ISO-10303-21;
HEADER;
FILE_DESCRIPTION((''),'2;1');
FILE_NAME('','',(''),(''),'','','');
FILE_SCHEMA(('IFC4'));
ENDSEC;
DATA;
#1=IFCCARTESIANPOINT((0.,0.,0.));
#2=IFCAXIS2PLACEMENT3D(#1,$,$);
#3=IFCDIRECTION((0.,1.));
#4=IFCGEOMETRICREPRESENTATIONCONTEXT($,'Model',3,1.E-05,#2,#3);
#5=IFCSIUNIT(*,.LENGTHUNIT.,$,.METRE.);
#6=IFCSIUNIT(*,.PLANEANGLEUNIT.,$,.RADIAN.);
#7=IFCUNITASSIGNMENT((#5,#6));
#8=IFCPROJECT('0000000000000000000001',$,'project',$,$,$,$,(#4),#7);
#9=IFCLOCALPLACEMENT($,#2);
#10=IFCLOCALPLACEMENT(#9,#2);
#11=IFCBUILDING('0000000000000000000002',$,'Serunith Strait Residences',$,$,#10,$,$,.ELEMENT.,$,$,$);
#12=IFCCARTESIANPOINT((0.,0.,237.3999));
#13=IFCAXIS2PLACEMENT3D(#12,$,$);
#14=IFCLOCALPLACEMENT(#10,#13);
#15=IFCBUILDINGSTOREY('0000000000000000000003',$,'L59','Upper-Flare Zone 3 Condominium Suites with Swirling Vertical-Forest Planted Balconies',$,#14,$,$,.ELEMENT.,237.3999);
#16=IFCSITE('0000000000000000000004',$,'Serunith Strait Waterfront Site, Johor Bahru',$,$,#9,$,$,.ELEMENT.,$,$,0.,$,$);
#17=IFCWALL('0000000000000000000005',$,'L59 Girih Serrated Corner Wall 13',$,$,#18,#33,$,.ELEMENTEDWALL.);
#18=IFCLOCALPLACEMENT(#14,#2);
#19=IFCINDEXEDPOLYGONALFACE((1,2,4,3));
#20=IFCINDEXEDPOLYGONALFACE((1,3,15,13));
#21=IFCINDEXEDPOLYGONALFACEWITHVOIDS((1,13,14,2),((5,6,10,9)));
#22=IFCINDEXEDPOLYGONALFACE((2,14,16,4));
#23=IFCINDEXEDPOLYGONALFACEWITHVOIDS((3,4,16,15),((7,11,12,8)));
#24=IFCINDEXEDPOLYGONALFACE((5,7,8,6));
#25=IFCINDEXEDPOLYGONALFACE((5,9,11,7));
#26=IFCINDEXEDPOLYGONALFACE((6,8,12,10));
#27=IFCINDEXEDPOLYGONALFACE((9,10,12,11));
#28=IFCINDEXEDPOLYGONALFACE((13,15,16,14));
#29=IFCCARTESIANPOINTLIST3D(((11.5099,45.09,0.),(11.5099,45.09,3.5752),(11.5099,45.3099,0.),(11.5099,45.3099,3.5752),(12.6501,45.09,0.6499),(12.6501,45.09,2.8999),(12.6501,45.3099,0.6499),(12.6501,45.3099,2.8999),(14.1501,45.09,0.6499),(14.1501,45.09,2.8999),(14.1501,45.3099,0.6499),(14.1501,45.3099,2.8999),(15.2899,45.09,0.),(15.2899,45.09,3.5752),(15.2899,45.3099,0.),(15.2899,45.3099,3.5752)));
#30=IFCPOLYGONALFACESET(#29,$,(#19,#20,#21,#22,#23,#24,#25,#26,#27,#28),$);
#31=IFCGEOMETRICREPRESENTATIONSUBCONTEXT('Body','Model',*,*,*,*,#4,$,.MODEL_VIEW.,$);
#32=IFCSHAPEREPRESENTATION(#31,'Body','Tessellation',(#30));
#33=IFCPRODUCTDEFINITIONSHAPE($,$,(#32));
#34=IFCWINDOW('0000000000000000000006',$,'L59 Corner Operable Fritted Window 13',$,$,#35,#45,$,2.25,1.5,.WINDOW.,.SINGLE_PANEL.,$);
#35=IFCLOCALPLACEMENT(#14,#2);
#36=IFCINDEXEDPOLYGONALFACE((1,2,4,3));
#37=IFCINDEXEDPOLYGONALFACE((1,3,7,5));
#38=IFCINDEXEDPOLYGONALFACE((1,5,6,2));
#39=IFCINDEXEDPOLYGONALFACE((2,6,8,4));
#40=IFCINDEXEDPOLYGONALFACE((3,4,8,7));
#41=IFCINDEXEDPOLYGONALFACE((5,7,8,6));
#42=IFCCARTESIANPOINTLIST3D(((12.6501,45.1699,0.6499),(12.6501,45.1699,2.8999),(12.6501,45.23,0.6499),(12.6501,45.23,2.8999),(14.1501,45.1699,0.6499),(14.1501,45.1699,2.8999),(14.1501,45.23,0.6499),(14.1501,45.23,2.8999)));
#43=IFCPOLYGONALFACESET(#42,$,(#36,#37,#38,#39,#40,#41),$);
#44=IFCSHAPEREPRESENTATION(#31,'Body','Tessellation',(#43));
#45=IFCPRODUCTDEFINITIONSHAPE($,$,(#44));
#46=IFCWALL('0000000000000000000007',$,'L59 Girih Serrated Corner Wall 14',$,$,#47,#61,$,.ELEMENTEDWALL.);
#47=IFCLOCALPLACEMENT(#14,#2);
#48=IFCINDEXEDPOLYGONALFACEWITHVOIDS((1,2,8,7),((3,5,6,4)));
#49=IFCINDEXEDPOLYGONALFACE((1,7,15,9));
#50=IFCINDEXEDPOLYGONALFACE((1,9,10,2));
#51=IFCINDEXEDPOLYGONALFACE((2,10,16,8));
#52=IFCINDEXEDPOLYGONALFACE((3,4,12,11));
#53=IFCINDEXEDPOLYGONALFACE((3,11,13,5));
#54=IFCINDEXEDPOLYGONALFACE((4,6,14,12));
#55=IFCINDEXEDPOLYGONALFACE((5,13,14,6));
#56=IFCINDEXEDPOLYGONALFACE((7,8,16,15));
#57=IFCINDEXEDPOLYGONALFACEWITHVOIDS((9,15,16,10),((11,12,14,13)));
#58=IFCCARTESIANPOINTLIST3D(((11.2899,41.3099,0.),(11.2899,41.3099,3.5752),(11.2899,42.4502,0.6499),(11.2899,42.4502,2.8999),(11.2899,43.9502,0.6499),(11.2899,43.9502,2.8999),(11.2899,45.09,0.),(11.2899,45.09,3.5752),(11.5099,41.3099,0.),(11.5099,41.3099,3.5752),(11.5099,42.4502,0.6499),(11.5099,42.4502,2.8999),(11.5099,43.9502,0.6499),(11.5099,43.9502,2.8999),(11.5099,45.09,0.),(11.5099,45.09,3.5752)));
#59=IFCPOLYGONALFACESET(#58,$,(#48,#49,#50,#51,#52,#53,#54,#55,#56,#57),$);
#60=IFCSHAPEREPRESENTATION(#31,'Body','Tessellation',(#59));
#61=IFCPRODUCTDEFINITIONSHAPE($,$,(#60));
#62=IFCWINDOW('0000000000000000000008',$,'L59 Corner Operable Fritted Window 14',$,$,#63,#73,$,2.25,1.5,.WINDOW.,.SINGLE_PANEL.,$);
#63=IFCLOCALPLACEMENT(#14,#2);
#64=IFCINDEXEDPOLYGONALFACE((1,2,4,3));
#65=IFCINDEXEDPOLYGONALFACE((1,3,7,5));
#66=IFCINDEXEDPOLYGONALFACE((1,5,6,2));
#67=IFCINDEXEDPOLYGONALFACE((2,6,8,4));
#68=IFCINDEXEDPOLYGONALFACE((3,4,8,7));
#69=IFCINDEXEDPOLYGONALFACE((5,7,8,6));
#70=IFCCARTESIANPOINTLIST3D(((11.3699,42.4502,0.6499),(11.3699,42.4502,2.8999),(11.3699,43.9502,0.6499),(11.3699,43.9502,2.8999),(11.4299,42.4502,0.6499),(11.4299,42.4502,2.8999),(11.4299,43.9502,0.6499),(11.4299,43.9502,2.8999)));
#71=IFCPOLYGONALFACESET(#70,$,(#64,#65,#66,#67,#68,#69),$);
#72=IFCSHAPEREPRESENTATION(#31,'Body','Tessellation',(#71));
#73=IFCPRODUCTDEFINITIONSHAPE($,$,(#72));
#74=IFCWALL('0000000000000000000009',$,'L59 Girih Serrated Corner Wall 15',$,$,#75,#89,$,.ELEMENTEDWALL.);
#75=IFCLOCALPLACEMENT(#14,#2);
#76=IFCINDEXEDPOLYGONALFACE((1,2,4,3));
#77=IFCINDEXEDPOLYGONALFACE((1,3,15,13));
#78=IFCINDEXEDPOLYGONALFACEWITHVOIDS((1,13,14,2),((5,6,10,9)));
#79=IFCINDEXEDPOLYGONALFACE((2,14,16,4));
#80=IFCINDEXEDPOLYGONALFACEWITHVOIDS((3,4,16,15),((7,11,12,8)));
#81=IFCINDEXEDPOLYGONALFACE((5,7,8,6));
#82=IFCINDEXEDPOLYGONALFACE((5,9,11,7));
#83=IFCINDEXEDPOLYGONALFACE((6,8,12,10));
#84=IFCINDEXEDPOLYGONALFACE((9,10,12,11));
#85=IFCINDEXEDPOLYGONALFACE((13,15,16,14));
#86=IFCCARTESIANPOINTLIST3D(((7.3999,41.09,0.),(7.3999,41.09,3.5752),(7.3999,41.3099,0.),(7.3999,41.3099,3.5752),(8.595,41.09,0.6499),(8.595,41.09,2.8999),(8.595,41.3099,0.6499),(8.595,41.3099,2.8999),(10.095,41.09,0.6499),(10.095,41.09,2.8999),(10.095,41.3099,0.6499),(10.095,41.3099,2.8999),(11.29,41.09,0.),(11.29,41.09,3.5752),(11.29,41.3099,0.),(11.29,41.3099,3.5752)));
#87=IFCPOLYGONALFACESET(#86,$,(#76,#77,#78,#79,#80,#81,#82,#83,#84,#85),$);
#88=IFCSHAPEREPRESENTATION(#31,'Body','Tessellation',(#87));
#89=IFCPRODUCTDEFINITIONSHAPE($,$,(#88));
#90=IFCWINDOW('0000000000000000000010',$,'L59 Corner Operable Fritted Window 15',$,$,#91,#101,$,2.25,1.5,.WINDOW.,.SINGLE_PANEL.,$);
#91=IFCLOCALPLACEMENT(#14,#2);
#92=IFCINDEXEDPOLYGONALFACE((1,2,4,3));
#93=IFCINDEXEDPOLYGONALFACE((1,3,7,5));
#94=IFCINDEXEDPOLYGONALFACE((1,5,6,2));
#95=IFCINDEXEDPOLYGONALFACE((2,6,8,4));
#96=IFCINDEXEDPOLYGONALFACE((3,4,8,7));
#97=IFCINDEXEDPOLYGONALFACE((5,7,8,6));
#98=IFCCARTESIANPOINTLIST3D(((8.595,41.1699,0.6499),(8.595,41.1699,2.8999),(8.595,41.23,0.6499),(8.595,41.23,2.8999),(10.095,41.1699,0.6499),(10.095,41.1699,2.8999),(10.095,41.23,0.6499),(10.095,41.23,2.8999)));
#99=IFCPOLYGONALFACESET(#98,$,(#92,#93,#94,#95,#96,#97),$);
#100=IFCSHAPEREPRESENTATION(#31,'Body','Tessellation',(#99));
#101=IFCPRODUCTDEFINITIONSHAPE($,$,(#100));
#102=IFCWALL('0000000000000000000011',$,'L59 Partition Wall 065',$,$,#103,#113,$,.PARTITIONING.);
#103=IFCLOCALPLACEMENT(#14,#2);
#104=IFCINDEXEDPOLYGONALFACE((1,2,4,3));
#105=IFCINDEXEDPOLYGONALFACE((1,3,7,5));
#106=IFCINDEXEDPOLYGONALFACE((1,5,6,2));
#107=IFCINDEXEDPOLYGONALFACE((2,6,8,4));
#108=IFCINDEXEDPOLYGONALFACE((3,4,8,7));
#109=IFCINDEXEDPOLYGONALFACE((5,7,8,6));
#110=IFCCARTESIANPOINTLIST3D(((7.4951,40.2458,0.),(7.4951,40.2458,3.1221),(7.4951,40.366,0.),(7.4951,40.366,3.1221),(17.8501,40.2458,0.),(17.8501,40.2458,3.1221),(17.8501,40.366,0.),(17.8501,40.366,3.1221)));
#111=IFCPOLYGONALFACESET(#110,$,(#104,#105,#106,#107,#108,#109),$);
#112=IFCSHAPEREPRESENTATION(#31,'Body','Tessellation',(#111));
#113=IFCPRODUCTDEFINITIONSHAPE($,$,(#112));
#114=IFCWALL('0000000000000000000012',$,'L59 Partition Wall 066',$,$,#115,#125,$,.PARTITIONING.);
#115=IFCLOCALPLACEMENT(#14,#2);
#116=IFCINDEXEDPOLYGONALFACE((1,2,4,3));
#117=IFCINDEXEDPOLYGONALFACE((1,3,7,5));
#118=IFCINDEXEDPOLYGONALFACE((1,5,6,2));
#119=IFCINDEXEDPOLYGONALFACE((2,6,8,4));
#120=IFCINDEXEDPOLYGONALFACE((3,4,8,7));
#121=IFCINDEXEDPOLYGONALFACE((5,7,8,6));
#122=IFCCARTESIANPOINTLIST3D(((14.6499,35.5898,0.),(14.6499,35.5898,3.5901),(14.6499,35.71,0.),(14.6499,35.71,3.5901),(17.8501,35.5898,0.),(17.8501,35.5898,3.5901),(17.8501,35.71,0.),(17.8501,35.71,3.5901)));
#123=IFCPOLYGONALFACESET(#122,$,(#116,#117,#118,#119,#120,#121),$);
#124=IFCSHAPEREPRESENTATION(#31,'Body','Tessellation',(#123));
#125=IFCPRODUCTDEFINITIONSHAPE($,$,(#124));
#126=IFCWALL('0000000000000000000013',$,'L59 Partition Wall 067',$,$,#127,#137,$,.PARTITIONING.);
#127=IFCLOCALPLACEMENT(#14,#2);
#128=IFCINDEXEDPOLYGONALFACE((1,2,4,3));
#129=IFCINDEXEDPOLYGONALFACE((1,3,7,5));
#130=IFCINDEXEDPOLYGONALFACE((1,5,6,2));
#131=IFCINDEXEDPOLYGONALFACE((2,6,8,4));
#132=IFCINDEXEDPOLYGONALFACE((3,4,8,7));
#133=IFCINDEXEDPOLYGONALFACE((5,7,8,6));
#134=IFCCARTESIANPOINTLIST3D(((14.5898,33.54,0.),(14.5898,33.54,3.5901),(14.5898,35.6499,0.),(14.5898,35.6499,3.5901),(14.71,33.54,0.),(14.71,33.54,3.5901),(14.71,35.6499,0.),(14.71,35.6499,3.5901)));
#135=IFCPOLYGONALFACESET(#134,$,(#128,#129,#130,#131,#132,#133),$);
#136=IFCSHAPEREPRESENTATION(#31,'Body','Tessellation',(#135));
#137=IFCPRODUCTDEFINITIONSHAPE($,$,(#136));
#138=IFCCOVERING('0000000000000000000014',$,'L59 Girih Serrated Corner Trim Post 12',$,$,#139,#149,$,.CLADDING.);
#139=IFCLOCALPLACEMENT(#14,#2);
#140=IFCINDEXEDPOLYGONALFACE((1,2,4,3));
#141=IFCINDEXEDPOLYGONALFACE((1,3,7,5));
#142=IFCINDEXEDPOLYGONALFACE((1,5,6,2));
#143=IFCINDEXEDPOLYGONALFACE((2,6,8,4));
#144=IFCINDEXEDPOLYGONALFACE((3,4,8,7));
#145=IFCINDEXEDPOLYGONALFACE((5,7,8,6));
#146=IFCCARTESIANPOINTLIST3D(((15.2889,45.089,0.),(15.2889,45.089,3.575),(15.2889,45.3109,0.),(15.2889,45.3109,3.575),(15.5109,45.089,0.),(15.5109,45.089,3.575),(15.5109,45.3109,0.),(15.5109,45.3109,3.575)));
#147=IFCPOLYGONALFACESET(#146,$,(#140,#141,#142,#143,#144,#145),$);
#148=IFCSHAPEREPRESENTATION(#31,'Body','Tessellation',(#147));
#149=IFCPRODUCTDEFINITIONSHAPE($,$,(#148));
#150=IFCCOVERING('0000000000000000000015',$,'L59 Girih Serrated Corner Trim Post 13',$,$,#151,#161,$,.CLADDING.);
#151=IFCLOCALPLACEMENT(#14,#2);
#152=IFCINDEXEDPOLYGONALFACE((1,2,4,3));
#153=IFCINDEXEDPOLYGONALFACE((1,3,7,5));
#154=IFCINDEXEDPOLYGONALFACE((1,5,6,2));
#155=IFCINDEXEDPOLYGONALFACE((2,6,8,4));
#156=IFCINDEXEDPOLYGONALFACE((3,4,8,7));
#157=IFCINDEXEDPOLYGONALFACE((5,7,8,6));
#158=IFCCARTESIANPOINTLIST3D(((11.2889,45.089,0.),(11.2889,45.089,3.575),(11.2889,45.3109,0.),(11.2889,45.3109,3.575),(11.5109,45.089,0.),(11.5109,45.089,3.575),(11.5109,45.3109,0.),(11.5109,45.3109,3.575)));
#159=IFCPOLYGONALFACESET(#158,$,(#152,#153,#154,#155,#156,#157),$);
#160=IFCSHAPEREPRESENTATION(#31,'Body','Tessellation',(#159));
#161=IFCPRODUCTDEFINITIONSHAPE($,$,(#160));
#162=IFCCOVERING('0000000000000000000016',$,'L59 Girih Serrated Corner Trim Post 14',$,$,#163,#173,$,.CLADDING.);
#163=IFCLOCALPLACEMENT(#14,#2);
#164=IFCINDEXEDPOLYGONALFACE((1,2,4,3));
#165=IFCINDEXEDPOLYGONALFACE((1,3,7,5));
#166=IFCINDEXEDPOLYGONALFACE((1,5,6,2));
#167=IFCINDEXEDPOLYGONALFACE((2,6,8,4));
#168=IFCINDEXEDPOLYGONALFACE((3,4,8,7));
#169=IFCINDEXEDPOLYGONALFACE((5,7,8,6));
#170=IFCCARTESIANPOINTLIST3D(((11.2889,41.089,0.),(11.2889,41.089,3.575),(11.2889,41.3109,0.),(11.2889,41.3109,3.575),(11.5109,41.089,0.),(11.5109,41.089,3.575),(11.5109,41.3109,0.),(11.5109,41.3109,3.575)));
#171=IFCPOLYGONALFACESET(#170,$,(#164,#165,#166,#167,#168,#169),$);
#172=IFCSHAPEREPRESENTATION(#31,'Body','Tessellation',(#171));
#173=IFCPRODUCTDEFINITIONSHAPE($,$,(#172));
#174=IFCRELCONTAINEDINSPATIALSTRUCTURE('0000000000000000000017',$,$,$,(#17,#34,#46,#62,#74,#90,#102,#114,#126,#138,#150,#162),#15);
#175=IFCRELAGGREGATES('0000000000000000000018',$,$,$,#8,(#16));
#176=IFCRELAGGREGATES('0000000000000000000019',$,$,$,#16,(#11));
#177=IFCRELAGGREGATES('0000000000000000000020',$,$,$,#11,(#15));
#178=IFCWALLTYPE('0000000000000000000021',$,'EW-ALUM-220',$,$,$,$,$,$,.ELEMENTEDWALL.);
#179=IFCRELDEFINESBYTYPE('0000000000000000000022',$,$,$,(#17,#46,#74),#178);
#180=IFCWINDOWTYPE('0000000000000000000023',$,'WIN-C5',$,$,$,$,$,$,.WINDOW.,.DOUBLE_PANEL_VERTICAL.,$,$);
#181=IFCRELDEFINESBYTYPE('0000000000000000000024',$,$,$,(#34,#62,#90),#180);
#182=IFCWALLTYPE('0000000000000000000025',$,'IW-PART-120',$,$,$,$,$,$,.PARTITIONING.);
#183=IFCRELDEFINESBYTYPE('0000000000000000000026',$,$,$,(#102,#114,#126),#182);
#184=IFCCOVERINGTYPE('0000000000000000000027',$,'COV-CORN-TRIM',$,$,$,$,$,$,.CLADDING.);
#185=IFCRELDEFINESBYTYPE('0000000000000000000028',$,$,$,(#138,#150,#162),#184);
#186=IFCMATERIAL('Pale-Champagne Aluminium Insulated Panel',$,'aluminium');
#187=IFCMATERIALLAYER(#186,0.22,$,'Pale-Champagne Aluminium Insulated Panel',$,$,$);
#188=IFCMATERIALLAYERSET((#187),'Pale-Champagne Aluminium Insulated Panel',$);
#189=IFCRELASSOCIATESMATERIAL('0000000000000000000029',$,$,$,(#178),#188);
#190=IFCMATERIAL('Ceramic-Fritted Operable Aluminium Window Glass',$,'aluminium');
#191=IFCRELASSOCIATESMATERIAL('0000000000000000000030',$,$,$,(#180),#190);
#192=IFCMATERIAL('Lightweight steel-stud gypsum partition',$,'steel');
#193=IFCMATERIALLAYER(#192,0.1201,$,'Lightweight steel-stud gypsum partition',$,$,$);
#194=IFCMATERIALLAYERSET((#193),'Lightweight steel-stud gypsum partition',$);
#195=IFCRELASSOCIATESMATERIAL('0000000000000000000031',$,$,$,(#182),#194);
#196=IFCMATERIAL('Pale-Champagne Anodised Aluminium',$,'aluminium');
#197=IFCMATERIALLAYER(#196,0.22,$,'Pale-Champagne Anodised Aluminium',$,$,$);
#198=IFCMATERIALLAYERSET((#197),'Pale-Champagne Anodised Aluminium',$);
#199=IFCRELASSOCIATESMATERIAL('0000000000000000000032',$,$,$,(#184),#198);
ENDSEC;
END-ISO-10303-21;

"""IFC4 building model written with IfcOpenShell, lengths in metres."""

from ifc_helpers import new_model, si_unit, direction, frame, frame_2d, origin, origin_2d, place, context, subcontext, project, spatial, rectangle, extrude, source, transform, mapped, material, layer, layer_set, type_object, element, fill, save


model = new_model("IFC4")

# Units and contexts
model_context = context("Model", 3, precision=1e-05, world=origin(), true_north=direction((0.0, 1.0)))
body_context = subcontext(model_context, "Body", "Model", "MODEL_VIEW")
ifc_project = project(units=[si_unit("LENGTHUNIT", "METRE"), si_unit("PLANEANGLEUNIT", "RADIAN")], contexts=[model_context])

# Site, building, storey
site_placement = place(None, origin())
site = spatial("IfcSite", under=ifc_project, at=site_placement, Name="Serunith Strait Waterfront Site, Johor Bahru", CompositionType="ELEMENT", RefElevation=0.0)
building_placement = place(site_placement, origin())
building = spatial("IfcBuilding", under=site, at=building_placement, Name="Serunith Strait Residences", CompositionType="ELEMENT")
storey_placement = place(building_placement, frame((0.0, 0.0, 237.3999)))
storey = spatial("IfcBuildingStorey", under=building, at=storey_placement, Name="L59", Description="Upper-Flare Zone 3 Condominium Suites with Swirling Vertical-Forest Planted Balconies", CompositionType="ELEMENT", Elevation=237.3999)

# Shared definitions
ifc_material_1 = material(Name="Pale-Champagne Anodised Aluminium", Category="aluminium")

# Walls, openings, windows
ifc_material_2 = material(Name="Pale-Champagne Aluminium Insulated Panel", Category="aluminium")
ifc_layer_1 = layer(ifc_material_2, 0.22, Name="Pale-Champagne Aluminium Insulated Panel")
ifc_layer_set_1 = layer_set([ifc_layer_1], Name="Pale-Champagne Aluminium Insulated Panel")
wall_type_1 = type_object("IfcWallType", Name="EW-ALUM-220", PredefinedType="ELEMENTEDWALL", material=ifc_layer_set_1)
ifc_material_3 = material(Name="Ceramic-Fritted Operable Aluminium Window Glass", Category="aluminium")
window_type = type_object("IfcWindowType", Name="WIN-C5", PartitioningType="DOUBLE_PANEL_VERTICAL", PredefinedType="WINDOW", material=ifc_material_3)
shared_shape_1 = source(origin(), body_context, "Body", "SweptSolid", [
    extrude(rectangle(XDim=1.5, YDim=2.25, at=frame_2d((0.75, 1.125))), frame((0.0, 0.03, 0.0), z_axis=(0.0, -1.0, 0.0), x_axis=(1.0, 0.0, 0.0)), (0.0, 0.0, 1.0), 0.0601),
])
wall_1_placement = place(storey_placement, frame((15.29, 45.2, 0.0), z_axis=(0.0, 0.0, 1.0), x_axis=(-1.0, 0.0, 0.0)))
wall_1 = element("IfcWall", 1, at=wall_1_placement, inside=storey, type_object=wall_type_1, Name="L59 Girih Serrated Corner Wall 13", PredefinedType="ELEMENTEDWALL", context=body_context, shape_type="SweptSolid", body=[
    extrude(rectangle(XDim=3.78, YDim=0.22, at=frame_2d((1.8901, 0.0))), origin(), (0.0, 0.0, 1.0), 3.5752),
])
opening_1_placement = place(wall_1_placement, frame((1.1399, 0.0, 0.6499)))
opening_1 = element("IfcOpeningElement", 2, at=opening_1_placement, cuts=wall_1, PredefinedType="OPENING", context=body_context, shape_type="SweptSolid", body=[
    extrude(rectangle(XDim=1.5, YDim=2.25, at=frame_2d((0.75, 1.125))), frame((0.0, 0.1201, 0.0), z_axis=(0.0, -1.0, 0.0), x_axis=(1.0, 0.0, 0.0)), (0.0, 0.0, 1.0), 0.24),
])
window_1_placement = place(opening_1_placement, origin())
window_1 = element("IfcWindow", 3, at=window_1_placement, inside=storey, type_object=window_type, Name="L59 Corner Operable Fritted Window 13", OverallHeight=2.25, OverallWidth=1.5, PartitioningType="SINGLE_PANEL", PredefinedType="WINDOW", context=body_context, shape_type="MappedRepresentation", body=[
    mapped(shared_shape_1, transform((0.0, 0.0, 0.0), scale=1.0)),
])
fill(opening_1, window_1)
wall_2_placement = place(storey_placement, frame((11.3999, 45.0901, 0.0), z_axis=(0.0, 0.0, 1.0), x_axis=(0.0, -1.0, 0.0)))
wall_2 = element("IfcWall", 4, at=wall_2_placement, inside=storey, type_object=wall_type_1, Name="L59 Girih Serrated Corner Wall 14", PredefinedType="ELEMENTEDWALL", context=body_context, shape_type="SweptSolid", body=[
    extrude(rectangle(XDim=3.78, YDim=0.22, at=frame_2d((1.8901, 0.0))), origin(), (0.0, 0.0, 1.0), 3.5752),
])
opening_2_placement = place(wall_2_placement, frame((1.1399, 0.0, 0.6499)))
opening_2 = element("IfcOpeningElement", 5, at=opening_2_placement, cuts=wall_2, PredefinedType="OPENING", context=body_context, shape_type="SweptSolid", body=[
    extrude(rectangle(XDim=1.5, YDim=2.25, at=frame_2d((0.75, 1.125))), frame((0.0, 0.1201, 0.0), z_axis=(0.0, -1.0, 0.0), x_axis=(1.0, 0.0, 0.0)), (0.0, 0.0, 1.0), 0.24),
])
window_2_placement = place(opening_2_placement, origin())
window_2 = element("IfcWindow", 6, at=window_2_placement, inside=storey, type_object=window_type, Name="L59 Corner Operable Fritted Window 14", OverallHeight=2.25, OverallWidth=1.5, PartitioningType="SINGLE_PANEL", PredefinedType="WINDOW", context=body_context, shape_type="MappedRepresentation", body=[
    mapped(shared_shape_1, transform((0.0, 0.0, 0.0), scale=1.0)),
])
fill(opening_2, window_2)
wall_3_placement = place(storey_placement, frame((11.29, 41.2, 0.0), z_axis=(0.0, 0.0, 1.0), x_axis=(-1.0, 0.0, 0.0)))
wall_3 = element("IfcWall", 7, at=wall_3_placement, inside=storey, type_object=wall_type_1, Name="L59 Girih Serrated Corner Wall 15", PredefinedType="ELEMENTEDWALL", context=body_context, shape_type="SweptSolid", body=[
    extrude(rectangle(XDim=3.8901, YDim=0.22, at=frame_2d((1.9451, 0.0))), origin(), (0.0, 0.0, 1.0), 3.5752),
])
opening_3_placement = place(wall_3_placement, frame((1.1951, 0.0, 0.6499)))
opening_3 = element("IfcOpeningElement", 8, at=opening_3_placement, cuts=wall_3, PredefinedType="OPENING", context=body_context, shape_type="SweptSolid", body=[
    extrude(rectangle(XDim=1.5, YDim=2.25, at=frame_2d((0.75, 1.125))), frame((0.0, 0.1201, 0.0), z_axis=(0.0, -1.0, 0.0), x_axis=(1.0, 0.0, 0.0)), (0.0, 0.0, 1.0), 0.24),
])
window_3_placement = place(opening_3_placement, origin())
window_3 = element("IfcWindow", 9, at=window_3_placement, inside=storey, type_object=window_type, Name="L59 Corner Operable Fritted Window 15", OverallHeight=2.25, OverallWidth=1.5, PartitioningType="SINGLE_PANEL", PredefinedType="WINDOW", context=body_context, shape_type="MappedRepresentation", body=[
    mapped(shared_shape_1, transform((0.0, 0.0, 0.0), scale=1.0)),
])
fill(opening_3, window_3)

# Walls
ifc_material_4 = material(Name="Lightweight steel-stud gypsum partition", Category="steel")
ifc_layer_2 = layer(ifc_material_4, 0.1201, Name="Lightweight steel-stud gypsum partition")
ifc_layer_set_2 = layer_set([ifc_layer_2], Name="Lightweight steel-stud gypsum partition")
wall_type_2 = type_object("IfcWallType", Name="IW-PART-120", PredefinedType="PARTITIONING", material=ifc_layer_set_2)
wall_4_placement = place(storey_placement, frame((7.4951, 40.3059, 0.0), z_axis=(0.0, 0.0, 1.0), x_axis=(1.0, 0.0, 0.0)))
element("IfcWall", 10, at=wall_4_placement, inside=storey, type_object=wall_type_2, Name="L59 Partition Wall 065", PredefinedType="PARTITIONING", context=body_context, shape_type="SweptSolid", body=[
    extrude(rectangle(XDim=10.355, YDim=0.1201, at=frame_2d((5.1775, 0.0))), origin(), (0.0, 0.0, 1.0), 3.1221),
])
wall_5_placement = place(storey_placement, frame((14.6499, 35.6499, 0.0), z_axis=(0.0, 0.0, 1.0), x_axis=(1.0, 0.0, 0.0)))
element("IfcWall", 11, at=wall_5_placement, inside=storey, type_object=wall_type_2, Name="L59 Partition Wall 066", PredefinedType="PARTITIONING", context=body_context, shape_type="SweptSolid", body=[
    extrude(rectangle(XDim=3.2002, YDim=0.1201, at=frame_2d((1.6001, 0.0))), origin(), (0.0, 0.0, 1.0), 3.5901),
])
wall_6_placement = place(storey_placement, frame((14.6499, 35.6499, 0.0), z_axis=(0.0, 0.0, 1.0), x_axis=(0.0, -1.0, 0.0)))
element("IfcWall", 12, at=wall_6_placement, inside=storey, type_object=wall_type_2, Name="L59 Partition Wall 067", PredefinedType="PARTITIONING", context=body_context, shape_type="SweptSolid", body=[
    extrude(rectangle(XDim=2.1099, YDim=0.1201, at=frame_2d((1.0549, 0.0))), origin(), (0.0, 0.0, 1.0), 3.5901),
])

# Coverings
ifc_layer_3 = layer(ifc_material_1, 0.22, Name="Pale-Champagne Anodised Aluminium")
ifc_layer_set_3 = layer_set([ifc_layer_3], Name="Pale-Champagne Anodised Aluminium")
covering_type = type_object("IfcCoveringType", Name="COV-CORN-TRIM", PredefinedType="CLADDING", material=ifc_layer_set_3)
shared_shape_2 = source(origin(), body_context, "Body", "SweptSolid", [
    extrude(rectangle(XDim=0.2219, YDim=0.2219, at=origin_2d()), origin(), (0.0, 0.0, 1.0), 3.575),
])
for number, where, z_axis, x_axis, name in (
    (13, (15.3999, 45.2, 0.0), (0.0, 0.0, 1.0), (1.0, 0.0, 0.0), "L59 Girih Serrated Corner Trim Post 12"),
    (14, (11.3999, 45.2, 0.0), (0.0, 0.0, 1.0), (1.0, 0.0, 0.0), "L59 Girih Serrated Corner Trim Post 13"),
    (15, (11.3999, 41.2, 0.0), (0.0, 0.0, 1.0), (1.0, 0.0, 0.0), "L59 Girih Serrated Corner Trim Post 14"),
):
    element("IfcCovering", number, at=place(storey_placement, frame(where, z_axis=z_axis, x_axis=x_axis)), inside=storey, type_object=covering_type, Name=name, PredefinedType="CLADDING", context=body_context, shape_type="MappedRepresentation", body=[
        mapped(shared_shape_2, transform((0.0, 0.0, 0.0), scale=1.0)),
    ])

save(model, "model.ifc")
